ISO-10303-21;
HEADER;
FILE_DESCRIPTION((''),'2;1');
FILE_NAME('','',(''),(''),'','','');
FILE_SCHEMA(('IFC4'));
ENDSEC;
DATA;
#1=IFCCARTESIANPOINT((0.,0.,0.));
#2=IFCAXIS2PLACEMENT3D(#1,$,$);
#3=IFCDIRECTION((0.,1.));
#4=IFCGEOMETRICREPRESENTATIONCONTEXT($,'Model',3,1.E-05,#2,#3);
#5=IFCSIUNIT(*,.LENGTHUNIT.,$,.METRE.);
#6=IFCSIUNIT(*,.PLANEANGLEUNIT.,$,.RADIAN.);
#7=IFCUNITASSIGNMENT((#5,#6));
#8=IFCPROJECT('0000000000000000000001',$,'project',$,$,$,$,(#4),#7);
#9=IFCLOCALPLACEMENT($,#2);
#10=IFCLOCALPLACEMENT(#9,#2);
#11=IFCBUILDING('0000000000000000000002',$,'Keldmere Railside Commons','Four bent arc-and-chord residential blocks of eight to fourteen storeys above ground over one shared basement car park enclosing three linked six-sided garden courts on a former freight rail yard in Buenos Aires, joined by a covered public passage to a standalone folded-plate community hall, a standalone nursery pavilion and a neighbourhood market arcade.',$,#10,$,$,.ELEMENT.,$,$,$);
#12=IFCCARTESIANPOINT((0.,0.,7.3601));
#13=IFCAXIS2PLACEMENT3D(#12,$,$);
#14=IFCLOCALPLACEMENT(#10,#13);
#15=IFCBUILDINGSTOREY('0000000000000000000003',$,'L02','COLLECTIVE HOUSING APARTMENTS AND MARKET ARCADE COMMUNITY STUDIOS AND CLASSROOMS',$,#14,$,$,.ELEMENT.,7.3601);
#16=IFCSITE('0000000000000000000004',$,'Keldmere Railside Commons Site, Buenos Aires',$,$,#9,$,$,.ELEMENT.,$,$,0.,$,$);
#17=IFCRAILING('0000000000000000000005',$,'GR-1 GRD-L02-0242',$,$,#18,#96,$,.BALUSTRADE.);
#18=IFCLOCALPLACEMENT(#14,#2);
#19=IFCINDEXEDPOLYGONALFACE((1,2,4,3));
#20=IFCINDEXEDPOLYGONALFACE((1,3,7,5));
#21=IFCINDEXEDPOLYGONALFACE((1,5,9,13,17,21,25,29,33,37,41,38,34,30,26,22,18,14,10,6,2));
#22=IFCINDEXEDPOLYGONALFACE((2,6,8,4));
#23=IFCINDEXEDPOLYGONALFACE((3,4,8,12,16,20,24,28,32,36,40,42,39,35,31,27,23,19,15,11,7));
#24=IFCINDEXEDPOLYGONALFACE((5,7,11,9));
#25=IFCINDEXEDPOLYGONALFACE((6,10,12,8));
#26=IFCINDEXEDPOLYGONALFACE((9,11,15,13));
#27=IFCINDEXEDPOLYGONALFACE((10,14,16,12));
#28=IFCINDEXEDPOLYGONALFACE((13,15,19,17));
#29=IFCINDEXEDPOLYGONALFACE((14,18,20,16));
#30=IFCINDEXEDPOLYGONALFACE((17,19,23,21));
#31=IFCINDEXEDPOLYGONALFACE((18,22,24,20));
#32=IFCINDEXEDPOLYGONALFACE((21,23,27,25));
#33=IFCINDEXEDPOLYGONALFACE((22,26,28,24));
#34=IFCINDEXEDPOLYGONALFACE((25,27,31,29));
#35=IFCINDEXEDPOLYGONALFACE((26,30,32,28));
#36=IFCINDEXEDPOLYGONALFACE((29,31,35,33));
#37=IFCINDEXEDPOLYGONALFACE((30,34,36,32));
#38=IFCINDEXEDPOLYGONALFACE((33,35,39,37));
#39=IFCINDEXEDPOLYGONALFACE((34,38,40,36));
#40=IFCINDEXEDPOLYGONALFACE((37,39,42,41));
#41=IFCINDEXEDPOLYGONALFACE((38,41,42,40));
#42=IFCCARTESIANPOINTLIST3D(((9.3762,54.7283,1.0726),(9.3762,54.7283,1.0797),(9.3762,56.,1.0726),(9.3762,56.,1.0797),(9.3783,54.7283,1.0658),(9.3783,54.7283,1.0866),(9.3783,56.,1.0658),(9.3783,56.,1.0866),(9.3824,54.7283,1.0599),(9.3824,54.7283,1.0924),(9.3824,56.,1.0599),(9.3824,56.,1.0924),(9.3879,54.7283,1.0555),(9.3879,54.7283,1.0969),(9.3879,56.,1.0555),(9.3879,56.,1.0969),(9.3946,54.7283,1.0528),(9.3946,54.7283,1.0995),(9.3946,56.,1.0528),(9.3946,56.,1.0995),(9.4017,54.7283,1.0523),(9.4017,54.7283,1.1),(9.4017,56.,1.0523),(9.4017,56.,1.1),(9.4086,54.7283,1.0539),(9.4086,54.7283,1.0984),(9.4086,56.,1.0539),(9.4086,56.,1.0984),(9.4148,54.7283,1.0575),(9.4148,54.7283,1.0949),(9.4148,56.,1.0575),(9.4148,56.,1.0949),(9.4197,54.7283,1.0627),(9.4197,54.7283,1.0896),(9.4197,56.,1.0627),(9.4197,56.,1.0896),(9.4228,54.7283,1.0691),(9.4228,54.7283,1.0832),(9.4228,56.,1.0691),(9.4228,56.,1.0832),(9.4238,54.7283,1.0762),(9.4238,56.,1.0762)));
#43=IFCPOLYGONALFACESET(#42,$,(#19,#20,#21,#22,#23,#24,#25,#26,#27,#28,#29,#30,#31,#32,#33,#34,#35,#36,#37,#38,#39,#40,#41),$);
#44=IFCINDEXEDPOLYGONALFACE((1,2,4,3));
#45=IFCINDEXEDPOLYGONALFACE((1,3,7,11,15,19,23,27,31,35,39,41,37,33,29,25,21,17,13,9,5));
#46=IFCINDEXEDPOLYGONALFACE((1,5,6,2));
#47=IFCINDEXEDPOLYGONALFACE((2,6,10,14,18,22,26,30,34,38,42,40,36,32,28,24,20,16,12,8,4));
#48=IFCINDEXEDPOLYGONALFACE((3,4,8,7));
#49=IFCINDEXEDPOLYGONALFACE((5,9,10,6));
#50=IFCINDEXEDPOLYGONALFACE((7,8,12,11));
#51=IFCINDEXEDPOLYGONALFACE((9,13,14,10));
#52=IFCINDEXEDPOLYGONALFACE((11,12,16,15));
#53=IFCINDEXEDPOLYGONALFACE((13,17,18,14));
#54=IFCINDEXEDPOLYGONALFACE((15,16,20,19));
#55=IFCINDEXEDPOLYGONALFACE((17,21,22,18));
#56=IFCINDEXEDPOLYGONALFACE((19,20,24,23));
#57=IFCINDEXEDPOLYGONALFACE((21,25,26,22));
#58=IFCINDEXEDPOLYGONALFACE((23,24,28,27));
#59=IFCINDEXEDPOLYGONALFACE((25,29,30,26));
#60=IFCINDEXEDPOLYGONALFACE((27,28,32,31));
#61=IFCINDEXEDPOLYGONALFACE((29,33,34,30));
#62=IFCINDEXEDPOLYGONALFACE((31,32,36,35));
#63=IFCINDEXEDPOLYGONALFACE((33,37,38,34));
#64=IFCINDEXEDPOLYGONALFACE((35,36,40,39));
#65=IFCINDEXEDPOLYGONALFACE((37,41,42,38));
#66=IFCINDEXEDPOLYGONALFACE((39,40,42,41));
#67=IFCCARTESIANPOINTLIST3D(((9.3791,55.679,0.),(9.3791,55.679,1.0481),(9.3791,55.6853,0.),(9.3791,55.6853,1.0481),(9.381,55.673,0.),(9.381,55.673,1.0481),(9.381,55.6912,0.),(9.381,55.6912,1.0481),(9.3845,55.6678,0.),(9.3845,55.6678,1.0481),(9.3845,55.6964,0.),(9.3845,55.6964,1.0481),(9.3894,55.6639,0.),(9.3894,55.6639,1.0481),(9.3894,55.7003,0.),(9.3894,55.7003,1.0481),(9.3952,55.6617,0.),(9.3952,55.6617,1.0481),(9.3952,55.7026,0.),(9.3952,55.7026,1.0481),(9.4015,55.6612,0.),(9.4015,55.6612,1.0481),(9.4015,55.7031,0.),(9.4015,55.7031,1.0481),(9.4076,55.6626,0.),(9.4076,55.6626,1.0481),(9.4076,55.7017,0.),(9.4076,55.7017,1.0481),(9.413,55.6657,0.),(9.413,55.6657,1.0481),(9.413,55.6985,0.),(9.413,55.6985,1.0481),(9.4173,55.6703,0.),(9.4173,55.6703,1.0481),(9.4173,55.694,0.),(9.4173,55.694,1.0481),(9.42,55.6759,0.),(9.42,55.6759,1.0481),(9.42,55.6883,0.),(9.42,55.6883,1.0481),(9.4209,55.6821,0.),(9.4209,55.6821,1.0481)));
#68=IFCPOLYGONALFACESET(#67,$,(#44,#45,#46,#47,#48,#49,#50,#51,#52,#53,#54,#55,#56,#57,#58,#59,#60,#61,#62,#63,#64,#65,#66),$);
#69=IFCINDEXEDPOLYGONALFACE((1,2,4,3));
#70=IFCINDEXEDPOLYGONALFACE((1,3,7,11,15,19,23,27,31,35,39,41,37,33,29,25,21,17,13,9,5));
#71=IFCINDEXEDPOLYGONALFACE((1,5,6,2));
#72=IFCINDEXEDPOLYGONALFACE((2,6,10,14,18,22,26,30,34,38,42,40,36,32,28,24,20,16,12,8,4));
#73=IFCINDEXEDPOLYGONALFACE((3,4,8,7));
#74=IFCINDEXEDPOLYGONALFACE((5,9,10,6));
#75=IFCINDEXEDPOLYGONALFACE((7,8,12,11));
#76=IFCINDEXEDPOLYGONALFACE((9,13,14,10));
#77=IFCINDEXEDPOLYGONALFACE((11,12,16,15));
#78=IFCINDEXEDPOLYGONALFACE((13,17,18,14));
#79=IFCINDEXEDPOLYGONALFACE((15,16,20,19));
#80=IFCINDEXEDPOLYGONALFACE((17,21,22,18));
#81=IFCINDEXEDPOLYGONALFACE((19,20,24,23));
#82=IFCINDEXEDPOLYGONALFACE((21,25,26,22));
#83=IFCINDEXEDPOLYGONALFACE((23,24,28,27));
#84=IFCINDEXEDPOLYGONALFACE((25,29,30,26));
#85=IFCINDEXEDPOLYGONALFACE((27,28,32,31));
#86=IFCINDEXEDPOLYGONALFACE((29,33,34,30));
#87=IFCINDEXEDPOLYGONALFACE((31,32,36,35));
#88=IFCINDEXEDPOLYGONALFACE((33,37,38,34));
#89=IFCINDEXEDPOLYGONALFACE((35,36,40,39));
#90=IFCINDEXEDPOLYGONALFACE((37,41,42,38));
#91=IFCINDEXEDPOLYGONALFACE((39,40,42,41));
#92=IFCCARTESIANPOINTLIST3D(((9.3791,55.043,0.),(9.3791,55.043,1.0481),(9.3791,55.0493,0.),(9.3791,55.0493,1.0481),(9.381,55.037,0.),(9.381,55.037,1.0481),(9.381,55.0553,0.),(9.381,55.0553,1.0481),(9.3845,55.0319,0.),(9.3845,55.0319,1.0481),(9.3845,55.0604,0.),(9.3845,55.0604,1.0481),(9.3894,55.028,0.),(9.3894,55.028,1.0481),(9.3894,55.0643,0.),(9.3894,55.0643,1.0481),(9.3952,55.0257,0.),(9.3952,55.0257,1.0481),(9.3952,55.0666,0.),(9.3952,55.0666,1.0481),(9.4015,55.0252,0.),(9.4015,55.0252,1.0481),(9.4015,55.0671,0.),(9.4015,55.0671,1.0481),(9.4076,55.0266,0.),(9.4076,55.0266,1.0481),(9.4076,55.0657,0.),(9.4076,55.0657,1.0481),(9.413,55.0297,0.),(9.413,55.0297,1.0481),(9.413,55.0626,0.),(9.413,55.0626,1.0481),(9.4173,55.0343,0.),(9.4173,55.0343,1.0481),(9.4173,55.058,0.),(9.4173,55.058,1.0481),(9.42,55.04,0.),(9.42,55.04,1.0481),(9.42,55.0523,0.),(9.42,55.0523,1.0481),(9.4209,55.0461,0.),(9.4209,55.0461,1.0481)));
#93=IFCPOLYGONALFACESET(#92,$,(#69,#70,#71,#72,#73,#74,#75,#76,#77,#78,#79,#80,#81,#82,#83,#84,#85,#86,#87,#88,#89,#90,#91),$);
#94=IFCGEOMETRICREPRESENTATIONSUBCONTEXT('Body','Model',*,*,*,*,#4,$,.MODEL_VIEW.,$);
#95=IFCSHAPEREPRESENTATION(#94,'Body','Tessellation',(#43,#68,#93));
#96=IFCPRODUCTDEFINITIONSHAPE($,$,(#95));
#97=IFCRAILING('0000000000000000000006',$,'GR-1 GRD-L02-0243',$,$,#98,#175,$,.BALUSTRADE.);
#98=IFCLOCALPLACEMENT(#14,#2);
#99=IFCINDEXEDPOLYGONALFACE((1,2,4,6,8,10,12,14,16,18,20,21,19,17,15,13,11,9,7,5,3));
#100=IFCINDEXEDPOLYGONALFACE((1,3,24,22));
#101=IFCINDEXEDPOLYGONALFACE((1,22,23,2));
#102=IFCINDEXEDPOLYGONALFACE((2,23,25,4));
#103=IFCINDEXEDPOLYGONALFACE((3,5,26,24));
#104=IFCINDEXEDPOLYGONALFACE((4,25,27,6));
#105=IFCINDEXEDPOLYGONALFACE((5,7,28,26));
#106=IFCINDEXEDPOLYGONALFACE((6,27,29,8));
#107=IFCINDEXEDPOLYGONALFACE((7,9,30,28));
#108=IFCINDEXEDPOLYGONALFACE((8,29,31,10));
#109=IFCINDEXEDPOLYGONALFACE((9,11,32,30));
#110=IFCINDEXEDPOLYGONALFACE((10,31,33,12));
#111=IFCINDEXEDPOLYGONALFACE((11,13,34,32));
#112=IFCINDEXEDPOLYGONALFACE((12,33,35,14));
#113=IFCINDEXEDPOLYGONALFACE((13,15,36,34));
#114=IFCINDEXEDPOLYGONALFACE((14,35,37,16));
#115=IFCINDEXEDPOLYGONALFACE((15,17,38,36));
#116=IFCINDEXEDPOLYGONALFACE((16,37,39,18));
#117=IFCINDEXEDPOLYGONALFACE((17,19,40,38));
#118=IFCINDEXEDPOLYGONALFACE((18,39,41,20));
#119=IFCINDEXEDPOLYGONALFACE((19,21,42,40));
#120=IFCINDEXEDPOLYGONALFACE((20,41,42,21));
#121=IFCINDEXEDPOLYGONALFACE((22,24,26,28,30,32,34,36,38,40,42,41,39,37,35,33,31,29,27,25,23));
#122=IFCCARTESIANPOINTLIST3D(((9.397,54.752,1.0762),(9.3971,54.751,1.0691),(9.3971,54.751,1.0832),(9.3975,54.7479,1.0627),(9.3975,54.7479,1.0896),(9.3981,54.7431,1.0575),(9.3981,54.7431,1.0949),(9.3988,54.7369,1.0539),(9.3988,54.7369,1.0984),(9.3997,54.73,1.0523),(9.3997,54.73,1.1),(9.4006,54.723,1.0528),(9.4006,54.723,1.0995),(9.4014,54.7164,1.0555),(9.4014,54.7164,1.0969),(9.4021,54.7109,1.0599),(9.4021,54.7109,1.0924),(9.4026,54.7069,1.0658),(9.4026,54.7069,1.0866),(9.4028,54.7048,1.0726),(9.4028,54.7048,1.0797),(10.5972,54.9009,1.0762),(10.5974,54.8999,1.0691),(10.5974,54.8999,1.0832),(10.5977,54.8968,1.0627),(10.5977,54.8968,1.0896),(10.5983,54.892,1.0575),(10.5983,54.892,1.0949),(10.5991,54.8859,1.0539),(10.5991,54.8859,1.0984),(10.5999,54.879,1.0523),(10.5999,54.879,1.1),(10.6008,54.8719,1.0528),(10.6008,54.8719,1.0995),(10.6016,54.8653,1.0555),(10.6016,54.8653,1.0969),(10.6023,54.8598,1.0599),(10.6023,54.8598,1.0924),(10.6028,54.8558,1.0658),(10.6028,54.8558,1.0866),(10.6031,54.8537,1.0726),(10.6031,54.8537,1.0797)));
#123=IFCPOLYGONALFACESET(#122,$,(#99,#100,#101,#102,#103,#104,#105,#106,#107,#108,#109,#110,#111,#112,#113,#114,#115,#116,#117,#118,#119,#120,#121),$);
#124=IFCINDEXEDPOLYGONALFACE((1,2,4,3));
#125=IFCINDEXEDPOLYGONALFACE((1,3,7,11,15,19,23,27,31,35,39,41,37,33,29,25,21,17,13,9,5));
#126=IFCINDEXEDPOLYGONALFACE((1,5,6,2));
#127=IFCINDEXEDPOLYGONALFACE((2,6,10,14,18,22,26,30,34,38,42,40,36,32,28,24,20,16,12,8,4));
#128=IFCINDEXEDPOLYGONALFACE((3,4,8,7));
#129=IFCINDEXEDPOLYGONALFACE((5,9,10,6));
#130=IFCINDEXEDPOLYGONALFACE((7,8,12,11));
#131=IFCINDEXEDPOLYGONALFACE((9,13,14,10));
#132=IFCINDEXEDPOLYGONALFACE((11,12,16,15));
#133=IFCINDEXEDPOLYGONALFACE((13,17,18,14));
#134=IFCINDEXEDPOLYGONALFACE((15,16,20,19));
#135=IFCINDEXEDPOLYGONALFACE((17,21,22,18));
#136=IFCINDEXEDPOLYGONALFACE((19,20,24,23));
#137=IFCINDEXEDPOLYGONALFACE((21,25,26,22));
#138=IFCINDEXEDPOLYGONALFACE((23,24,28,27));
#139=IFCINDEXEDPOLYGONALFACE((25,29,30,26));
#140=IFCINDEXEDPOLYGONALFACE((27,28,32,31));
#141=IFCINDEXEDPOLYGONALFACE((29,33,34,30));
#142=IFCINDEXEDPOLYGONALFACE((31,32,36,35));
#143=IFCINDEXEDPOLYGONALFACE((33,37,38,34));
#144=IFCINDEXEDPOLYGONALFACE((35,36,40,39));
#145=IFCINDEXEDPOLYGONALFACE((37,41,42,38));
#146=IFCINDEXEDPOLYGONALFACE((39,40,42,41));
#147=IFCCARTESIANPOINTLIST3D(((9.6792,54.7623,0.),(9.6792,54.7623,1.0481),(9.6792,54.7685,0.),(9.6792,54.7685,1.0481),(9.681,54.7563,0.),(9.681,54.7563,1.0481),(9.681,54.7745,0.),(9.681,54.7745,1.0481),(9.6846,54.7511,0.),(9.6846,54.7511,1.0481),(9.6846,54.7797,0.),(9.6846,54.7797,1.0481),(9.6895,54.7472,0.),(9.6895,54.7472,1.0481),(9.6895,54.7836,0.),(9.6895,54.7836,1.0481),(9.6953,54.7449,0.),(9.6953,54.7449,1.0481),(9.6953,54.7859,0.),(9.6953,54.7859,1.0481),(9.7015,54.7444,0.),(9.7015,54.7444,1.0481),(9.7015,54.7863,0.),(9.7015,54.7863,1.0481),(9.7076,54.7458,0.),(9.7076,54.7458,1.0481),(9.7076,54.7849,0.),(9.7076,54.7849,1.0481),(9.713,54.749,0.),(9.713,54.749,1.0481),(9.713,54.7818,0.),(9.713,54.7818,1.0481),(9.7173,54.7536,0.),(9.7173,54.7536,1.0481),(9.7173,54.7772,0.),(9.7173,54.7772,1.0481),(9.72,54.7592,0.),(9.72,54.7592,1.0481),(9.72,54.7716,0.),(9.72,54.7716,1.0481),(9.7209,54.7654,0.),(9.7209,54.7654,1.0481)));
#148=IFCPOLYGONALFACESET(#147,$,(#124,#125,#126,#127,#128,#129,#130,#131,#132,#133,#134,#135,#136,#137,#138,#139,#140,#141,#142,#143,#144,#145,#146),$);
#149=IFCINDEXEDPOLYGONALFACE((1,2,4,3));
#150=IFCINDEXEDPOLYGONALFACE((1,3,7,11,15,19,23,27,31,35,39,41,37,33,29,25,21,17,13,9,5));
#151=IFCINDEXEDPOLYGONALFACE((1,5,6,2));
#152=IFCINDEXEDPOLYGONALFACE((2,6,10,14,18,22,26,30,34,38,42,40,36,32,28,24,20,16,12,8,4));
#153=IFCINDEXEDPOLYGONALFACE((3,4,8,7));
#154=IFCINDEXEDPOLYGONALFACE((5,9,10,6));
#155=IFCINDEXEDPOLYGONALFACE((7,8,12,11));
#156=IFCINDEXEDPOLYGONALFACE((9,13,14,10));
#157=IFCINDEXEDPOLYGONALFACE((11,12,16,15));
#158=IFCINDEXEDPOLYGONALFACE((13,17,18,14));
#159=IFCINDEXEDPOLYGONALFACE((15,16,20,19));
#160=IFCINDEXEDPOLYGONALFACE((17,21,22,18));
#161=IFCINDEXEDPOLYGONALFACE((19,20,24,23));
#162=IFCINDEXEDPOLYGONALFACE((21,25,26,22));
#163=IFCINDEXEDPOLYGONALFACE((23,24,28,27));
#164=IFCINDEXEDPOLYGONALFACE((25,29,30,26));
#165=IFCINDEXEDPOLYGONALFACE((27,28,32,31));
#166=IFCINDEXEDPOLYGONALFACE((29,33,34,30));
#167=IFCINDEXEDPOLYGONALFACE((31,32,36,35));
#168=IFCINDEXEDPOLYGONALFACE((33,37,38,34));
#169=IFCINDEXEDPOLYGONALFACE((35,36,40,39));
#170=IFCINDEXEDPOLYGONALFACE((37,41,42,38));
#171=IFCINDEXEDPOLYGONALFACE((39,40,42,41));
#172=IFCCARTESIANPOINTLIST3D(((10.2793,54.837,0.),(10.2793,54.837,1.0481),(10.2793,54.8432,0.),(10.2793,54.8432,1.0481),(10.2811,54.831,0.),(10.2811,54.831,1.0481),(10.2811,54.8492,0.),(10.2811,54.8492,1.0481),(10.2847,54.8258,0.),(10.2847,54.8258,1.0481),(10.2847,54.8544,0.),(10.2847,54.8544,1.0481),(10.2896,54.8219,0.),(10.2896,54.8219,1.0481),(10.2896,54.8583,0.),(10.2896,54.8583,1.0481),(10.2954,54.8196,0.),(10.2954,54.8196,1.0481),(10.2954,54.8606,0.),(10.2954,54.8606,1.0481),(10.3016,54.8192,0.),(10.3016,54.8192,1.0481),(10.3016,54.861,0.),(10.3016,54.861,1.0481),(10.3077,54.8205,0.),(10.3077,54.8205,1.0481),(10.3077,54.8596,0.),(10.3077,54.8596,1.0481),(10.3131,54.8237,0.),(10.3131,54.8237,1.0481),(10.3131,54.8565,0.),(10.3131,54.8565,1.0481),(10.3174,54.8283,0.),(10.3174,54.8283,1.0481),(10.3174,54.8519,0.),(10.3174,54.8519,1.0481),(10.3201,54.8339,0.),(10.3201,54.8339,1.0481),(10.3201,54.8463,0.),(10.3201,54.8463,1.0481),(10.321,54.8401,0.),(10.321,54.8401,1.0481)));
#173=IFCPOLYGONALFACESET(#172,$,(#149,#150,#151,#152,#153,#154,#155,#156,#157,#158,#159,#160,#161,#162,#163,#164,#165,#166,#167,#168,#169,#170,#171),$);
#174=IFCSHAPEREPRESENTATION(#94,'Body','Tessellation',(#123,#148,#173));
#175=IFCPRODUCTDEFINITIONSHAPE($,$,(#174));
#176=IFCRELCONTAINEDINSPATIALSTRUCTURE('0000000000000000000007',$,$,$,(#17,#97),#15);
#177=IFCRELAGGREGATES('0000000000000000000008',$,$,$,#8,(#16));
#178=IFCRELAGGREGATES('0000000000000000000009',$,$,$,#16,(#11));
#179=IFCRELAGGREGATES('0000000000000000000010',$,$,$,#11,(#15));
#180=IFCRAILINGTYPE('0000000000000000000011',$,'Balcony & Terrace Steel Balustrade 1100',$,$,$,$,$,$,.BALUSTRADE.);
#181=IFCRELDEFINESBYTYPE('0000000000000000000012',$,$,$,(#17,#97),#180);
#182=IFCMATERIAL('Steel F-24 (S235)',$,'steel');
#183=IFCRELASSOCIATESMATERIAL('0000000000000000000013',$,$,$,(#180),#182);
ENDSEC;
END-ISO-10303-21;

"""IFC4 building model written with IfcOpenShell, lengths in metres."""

from ifc_helpers import new_model, si_unit, direction, frame, origin, origin_2d, place, context, subcontext, project, spatial, circle, extrude, material, type_object, element, save


model = new_model("IFC4")

# Units and contexts
model_context = context("Model", 3, precision=1e-05, world=origin(), true_north=direction((0.0, 1.0)))
body_context = subcontext(model_context, "Body", "Model", "MODEL_VIEW")
ifc_project = project(units=[si_unit("LENGTHUNIT", "METRE"), si_unit("PLANEANGLEUNIT", "RADIAN")], contexts=[model_context])

# Site, building, storey
site_placement = place(None, origin())
site = spatial("IfcSite", under=ifc_project, at=site_placement, Name="Keldmere Railside Commons Site, Buenos Aires", CompositionType="ELEMENT", RefElevation=0.0)
building_placement = place(site_placement, origin())
building = spatial("IfcBuilding", under=site, at=building_placement, Name="Keldmere Railside Commons", Description="Four bent arc-and-chord residential blocks of eight to fourteen storeys above ground over one shared basement car park enclosing three linked six-sided garden courts on a former freight rail yard in Buenos Aires, joined by a covered public passage to a standalone folded-plate community hall, a standalone nursery pavilion and a neighbourhood market arcade.", CompositionType="ELEMENT")
storey_placement = place(building_placement, frame((0.0, 0.0, 7.3601)))
storey = spatial("IfcBuildingStorey", under=building, at=storey_placement, Name="L02", Description="COLLECTIVE HOUSING APARTMENTS AND MARKET ARCADE COMMUNITY STUDIOS AND CLASSROOMS", CompositionType="ELEMENT", Elevation=7.3601)

# Railings
ifc_material_1 = material(Name="Steel F-24 (S235)", Category="steel")
railing_type = type_object("IfcRailingType", Name="Balcony & Terrace Steel Balustrade 1100", PredefinedType="BALUSTRADE", material=ifc_material_1)
railing_1_placement = place(storey_placement, frame((9.3999, 56.0, 0.0)))
element("IfcRailing", 1, at=railing_1_placement, inside=storey, type_object=railing_type, Name="GR-1 GRD-L02-0242", PredefinedType="BALUSTRADE", context=body_context, shape_type="SweptSolid", body=[
    extrude(circle(Radius=0.0239, at=origin_2d()), frame((0.0, 0.0, 1.0762), z_axis=(0.0, -1.0, 0.0), x_axis=(1.0, 0.0, 0.0)), (0.0, 0.0, 1.0), 1.2717),
    extrude(circle(Radius=0.021, at=origin_2d()), frame((0.0, -0.3179, 0.0)), (0.0, 0.0, 1.0), 1.0481),
    extrude(circle(Radius=0.021, at=origin_2d()), frame((0.0, -0.9539, 0.0)), (0.0, 0.0, 1.0), 1.0481),
])
railing_2_placement = place(storey_placement, frame((9.3999, 54.7283, 0.0)))
element("IfcRailing", 2, at=railing_2_placement, inside=storey, type_object=railing_type, Name="GR-1 GRD-L02-0243", PredefinedType="BALUSTRADE", context=body_context, shape_type="SweptSolid", body=[
    extrude(circle(Radius=0.0239, at=origin_2d()), frame((0.0, 0.0, 1.0762), z_axis=(0.992389, 0.12314, 0.0), x_axis=(-0.12314, 0.992389, 0.0)), (0.0, 0.0, 1.0), 1.2095),
    extrude(circle(Radius=0.021, at=origin_2d()), frame((0.3, 0.0371, 0.0)), (0.0, 0.0, 1.0), 1.0481),
    extrude(circle(Radius=0.021, at=origin_2d()), frame((0.9001, 0.1118, 0.0)), (0.0, 0.0, 1.0), 1.0481),
])

save(model, "model.ifc")
